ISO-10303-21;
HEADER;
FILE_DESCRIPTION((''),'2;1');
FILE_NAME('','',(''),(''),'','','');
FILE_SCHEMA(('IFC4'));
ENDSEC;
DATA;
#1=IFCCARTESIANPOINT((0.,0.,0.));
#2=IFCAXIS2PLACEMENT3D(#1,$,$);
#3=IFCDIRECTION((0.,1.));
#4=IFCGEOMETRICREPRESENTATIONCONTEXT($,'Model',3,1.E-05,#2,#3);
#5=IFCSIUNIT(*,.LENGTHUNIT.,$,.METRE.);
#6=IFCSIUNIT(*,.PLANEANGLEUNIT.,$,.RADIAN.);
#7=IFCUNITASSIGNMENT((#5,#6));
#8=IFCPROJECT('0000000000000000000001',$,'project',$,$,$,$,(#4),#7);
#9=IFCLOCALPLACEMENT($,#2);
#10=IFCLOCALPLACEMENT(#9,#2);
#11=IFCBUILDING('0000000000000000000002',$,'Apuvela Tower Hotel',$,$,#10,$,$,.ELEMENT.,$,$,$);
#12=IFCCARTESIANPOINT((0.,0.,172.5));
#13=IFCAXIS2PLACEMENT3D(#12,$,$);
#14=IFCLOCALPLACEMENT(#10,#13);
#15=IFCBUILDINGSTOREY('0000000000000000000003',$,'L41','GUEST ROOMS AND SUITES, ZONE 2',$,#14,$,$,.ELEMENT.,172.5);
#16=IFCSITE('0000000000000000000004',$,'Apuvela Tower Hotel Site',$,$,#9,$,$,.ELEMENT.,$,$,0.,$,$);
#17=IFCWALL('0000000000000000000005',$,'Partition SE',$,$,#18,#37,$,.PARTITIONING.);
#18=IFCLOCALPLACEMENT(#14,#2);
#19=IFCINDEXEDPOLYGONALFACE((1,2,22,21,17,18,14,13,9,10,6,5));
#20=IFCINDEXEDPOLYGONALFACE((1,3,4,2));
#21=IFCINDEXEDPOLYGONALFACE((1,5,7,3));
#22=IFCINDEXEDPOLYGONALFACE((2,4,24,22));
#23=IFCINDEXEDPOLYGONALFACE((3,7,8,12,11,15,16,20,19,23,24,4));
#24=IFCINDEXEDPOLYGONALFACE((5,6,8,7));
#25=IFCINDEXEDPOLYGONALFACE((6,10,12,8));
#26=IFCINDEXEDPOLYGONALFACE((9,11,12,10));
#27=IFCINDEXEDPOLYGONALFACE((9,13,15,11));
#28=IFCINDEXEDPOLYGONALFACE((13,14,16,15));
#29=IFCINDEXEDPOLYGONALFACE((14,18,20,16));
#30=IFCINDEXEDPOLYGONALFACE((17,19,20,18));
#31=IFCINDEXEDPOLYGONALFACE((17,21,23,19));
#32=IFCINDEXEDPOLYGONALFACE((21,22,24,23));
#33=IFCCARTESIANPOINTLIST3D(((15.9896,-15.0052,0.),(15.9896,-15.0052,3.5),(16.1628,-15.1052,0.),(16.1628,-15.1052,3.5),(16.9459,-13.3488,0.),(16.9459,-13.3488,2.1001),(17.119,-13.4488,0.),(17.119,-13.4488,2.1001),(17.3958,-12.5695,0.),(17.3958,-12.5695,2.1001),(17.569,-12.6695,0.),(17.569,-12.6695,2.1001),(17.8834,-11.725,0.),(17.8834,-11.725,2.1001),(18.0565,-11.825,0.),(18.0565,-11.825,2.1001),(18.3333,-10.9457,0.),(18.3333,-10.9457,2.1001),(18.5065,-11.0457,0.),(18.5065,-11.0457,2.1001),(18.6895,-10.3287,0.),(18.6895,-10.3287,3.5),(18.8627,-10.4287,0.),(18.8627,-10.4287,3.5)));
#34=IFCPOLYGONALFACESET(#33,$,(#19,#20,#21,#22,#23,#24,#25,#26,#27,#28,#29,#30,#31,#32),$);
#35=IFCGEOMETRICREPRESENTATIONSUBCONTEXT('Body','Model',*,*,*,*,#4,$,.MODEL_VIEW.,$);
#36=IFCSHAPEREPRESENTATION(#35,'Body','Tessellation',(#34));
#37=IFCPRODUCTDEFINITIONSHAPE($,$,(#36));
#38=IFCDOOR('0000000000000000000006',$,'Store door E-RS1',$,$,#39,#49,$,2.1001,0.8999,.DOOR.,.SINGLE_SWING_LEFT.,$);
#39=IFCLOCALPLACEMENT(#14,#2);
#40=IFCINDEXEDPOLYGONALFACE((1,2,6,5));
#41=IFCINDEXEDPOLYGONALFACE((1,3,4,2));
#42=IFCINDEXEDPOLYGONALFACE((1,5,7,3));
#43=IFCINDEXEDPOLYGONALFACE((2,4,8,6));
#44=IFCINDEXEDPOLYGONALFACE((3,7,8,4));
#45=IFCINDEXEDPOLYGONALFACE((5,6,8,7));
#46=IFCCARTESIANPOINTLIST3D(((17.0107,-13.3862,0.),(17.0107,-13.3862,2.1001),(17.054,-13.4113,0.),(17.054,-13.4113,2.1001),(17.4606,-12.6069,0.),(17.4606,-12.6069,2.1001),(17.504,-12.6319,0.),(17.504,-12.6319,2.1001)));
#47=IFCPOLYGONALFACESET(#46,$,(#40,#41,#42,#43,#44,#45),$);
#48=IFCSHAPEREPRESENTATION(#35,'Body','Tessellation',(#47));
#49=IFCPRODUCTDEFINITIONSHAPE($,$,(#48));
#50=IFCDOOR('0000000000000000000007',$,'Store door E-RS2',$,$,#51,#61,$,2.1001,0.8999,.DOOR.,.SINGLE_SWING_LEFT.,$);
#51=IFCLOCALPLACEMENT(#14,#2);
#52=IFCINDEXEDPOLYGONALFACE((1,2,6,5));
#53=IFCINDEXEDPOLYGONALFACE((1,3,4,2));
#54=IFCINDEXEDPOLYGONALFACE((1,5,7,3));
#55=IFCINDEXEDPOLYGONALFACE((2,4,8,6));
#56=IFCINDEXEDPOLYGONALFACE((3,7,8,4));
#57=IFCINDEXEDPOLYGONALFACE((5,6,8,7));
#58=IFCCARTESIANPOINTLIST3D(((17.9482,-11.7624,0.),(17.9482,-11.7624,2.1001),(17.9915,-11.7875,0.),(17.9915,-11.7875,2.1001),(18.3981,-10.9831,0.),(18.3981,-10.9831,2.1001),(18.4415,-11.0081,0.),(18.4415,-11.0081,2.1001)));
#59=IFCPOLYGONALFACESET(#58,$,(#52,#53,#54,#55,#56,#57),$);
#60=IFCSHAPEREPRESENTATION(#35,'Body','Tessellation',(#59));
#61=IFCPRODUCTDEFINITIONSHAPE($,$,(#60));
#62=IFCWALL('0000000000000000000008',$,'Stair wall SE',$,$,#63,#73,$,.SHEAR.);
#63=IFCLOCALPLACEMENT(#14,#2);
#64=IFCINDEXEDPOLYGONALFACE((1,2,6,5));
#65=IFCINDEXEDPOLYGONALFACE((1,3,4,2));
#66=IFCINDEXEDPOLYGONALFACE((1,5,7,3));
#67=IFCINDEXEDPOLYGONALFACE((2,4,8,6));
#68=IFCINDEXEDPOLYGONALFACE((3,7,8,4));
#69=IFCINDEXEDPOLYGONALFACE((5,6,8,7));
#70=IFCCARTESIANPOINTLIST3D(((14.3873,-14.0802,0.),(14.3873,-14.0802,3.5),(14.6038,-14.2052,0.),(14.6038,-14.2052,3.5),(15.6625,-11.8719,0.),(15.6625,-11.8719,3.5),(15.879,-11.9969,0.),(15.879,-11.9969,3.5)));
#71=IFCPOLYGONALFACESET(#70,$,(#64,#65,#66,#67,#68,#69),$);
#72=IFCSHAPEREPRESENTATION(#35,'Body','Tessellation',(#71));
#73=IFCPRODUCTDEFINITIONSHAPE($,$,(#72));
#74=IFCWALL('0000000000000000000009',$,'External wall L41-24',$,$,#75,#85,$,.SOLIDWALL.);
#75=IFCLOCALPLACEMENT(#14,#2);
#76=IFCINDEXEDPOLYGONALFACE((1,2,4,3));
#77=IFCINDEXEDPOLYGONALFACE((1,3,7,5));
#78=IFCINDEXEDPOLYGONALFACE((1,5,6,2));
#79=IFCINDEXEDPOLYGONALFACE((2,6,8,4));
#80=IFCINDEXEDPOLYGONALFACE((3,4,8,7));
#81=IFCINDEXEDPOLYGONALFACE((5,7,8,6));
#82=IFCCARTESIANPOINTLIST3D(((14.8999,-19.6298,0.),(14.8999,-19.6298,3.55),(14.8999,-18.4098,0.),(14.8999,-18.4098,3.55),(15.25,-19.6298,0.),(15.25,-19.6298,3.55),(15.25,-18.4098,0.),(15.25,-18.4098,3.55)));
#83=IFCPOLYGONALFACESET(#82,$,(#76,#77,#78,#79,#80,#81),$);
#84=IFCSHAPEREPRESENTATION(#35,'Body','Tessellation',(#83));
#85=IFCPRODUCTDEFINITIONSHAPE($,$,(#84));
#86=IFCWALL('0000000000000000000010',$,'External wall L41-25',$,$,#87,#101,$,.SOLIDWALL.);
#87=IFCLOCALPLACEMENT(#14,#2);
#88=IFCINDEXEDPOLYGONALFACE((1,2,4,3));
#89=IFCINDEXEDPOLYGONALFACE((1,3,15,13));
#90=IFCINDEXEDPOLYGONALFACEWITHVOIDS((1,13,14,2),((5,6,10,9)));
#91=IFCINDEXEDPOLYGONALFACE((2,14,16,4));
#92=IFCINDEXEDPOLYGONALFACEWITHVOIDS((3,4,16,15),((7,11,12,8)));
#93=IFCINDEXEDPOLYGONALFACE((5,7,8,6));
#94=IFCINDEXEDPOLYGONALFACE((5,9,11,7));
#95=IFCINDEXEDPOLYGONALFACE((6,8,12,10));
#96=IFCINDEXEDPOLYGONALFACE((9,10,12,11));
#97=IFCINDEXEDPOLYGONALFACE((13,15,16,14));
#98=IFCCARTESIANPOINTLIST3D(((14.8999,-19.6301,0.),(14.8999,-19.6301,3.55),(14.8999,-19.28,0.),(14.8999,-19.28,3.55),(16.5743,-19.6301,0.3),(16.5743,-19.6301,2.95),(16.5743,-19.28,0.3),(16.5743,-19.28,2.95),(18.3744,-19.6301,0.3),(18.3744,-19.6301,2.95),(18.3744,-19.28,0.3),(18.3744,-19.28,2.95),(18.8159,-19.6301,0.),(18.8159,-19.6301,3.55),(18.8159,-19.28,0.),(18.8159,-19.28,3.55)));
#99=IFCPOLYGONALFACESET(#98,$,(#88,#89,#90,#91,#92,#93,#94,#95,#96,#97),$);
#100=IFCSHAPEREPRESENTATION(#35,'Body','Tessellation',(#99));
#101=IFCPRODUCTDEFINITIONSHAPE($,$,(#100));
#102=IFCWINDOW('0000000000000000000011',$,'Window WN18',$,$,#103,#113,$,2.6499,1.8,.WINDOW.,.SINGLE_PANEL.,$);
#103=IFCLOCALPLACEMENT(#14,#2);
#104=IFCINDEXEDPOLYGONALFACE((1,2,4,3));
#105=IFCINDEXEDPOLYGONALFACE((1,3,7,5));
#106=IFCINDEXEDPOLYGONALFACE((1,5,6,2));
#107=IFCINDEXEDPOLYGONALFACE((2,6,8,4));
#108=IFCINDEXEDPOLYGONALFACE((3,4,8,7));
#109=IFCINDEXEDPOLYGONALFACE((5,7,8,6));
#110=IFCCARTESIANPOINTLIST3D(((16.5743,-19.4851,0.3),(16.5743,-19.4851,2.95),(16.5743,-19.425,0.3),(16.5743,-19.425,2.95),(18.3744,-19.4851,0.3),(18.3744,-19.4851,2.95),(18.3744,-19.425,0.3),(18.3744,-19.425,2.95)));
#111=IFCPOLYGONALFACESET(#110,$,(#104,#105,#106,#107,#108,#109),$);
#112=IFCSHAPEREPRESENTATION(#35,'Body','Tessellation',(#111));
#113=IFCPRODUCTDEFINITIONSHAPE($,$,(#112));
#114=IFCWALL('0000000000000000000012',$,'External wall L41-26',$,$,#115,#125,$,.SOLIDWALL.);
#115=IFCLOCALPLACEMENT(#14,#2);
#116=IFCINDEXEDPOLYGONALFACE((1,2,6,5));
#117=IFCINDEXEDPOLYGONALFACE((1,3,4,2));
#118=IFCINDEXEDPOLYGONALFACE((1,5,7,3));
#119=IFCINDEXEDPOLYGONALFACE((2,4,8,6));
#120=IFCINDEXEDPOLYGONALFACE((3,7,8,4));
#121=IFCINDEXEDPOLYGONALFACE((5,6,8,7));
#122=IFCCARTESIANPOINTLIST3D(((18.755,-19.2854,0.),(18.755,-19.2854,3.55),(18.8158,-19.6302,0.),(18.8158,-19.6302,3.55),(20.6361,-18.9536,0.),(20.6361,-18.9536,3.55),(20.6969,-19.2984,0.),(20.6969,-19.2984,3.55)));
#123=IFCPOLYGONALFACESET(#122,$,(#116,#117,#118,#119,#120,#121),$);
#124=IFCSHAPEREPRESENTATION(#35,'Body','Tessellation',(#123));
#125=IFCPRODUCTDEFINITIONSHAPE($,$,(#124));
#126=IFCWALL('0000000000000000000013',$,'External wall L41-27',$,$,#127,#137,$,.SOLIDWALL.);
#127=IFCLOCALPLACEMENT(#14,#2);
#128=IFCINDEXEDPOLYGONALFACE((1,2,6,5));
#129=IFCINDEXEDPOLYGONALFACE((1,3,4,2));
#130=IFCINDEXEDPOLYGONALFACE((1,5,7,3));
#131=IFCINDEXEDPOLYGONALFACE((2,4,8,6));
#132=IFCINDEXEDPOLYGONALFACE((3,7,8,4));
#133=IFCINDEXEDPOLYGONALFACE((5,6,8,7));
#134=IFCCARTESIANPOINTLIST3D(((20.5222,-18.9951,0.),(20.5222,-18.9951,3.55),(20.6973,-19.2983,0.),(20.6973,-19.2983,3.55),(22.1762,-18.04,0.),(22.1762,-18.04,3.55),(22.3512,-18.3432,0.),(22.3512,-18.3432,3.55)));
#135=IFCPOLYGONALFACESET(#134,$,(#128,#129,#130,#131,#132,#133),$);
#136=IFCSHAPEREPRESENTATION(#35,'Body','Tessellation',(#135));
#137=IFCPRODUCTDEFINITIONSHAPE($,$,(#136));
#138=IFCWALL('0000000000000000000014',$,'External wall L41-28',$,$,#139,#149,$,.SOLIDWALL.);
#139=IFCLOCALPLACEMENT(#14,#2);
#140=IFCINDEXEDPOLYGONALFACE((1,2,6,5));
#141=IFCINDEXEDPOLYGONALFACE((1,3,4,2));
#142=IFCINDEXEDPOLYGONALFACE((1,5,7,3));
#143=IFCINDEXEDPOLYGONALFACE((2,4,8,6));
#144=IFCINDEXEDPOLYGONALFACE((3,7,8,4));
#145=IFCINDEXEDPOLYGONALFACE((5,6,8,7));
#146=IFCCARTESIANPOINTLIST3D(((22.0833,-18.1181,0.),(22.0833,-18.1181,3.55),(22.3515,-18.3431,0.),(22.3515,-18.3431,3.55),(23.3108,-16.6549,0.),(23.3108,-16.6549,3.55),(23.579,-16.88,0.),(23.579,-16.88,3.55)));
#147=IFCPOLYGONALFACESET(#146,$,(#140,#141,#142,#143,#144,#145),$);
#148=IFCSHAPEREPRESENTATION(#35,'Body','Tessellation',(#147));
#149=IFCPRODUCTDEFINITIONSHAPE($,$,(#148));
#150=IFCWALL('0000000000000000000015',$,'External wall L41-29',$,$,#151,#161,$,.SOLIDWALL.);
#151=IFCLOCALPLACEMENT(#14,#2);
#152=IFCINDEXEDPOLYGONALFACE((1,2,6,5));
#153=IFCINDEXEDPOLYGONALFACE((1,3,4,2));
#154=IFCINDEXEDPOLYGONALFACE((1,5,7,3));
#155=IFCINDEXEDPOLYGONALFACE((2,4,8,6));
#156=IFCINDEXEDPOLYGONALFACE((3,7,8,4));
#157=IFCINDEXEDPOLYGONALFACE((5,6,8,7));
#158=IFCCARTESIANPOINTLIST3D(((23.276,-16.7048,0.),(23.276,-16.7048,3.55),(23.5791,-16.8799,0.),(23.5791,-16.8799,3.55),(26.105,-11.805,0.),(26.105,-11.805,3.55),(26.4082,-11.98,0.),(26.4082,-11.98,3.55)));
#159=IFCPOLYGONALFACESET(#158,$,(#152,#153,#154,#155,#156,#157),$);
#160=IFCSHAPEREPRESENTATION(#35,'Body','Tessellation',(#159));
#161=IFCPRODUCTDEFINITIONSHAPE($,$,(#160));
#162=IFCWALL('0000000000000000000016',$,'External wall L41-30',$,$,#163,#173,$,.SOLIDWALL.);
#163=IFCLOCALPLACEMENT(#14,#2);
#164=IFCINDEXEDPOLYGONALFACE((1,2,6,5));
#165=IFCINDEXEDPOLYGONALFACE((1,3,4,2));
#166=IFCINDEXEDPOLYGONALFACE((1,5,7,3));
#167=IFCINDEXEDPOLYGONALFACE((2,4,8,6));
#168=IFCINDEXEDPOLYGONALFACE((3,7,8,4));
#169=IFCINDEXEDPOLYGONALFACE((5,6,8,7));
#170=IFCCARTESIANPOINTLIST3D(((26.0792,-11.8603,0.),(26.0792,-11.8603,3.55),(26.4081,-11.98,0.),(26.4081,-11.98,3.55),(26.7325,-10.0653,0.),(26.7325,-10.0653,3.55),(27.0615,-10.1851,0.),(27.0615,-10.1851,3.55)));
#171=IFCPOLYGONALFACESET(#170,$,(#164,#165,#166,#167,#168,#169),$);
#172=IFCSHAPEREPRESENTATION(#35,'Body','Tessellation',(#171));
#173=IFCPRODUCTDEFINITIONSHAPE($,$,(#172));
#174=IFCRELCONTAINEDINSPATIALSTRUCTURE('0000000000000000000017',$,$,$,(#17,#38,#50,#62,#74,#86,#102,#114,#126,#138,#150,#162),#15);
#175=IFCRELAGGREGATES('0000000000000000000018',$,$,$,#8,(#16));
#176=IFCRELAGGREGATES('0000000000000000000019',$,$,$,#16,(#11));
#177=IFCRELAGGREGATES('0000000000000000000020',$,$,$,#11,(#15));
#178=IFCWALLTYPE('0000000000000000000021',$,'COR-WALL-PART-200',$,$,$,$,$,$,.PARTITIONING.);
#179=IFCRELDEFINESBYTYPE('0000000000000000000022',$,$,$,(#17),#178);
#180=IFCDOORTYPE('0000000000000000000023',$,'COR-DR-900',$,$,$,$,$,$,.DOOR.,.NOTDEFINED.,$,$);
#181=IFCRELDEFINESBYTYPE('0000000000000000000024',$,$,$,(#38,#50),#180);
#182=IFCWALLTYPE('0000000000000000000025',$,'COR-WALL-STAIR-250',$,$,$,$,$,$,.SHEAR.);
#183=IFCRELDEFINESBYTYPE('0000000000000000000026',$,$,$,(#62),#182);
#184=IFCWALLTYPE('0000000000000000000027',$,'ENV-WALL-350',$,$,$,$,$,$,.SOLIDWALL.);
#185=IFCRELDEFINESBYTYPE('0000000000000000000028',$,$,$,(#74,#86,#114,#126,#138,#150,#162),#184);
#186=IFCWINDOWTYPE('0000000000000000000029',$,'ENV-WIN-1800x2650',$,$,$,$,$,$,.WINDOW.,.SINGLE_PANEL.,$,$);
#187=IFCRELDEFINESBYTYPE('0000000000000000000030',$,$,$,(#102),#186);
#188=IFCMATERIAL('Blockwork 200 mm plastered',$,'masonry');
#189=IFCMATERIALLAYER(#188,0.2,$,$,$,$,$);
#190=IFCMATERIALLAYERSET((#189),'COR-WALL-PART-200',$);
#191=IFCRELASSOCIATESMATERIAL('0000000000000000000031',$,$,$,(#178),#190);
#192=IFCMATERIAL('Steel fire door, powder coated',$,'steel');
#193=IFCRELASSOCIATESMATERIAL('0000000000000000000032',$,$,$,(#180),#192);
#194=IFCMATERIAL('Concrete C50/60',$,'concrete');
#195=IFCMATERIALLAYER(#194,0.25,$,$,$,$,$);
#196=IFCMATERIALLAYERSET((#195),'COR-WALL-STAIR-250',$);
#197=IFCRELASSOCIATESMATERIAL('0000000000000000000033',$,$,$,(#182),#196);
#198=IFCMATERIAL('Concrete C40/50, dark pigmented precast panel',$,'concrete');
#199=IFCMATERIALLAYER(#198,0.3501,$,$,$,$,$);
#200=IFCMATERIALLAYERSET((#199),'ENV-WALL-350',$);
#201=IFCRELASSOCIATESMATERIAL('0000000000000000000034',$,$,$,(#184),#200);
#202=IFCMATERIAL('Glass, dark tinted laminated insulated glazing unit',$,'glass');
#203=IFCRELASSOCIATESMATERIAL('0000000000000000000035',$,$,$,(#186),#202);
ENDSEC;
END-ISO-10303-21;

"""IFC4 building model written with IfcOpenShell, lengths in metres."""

from ifc_helpers import new_model, si_unit, direction, frame, frame_2d, origin, place, context, subcontext, project, spatial, rectangle, extrude, material, layer, layer_set, type_object, element, fill, save


model = new_model("IFC4")

# Units and contexts
model_context = context("Model", 3, precision=1e-05, world=origin(), true_north=direction((0.0, 1.0)))
body_context = subcontext(model_context, "Body", "Model", "MODEL_VIEW")
ifc_project = project(units=[si_unit("LENGTHUNIT", "METRE"), si_unit("PLANEANGLEUNIT", "RADIAN")], contexts=[model_context])

# Site, building, storey
site_placement = place(None, origin())
site = spatial("IfcSite", under=ifc_project, at=site_placement, Name="Apuvela Tower Hotel Site", CompositionType="ELEMENT", RefElevation=0.0)
building_placement = place(site_placement, origin())
building = spatial("IfcBuilding", under=site, at=building_placement, Name="Apuvela Tower Hotel", CompositionType="ELEMENT")
storey_placement = place(building_placement, frame((0.0, 0.0, 172.5)))
storey = spatial("IfcBuildingStorey", under=building, at=storey_placement, Name="L41", Description="GUEST ROOMS AND SUITES, ZONE 2", CompositionType="ELEMENT", Elevation=172.5)

# Wall, openings, doors
ifc_material_1 = material(Name="Blockwork 200 mm plastered", Category="masonry")
ifc_layer_1 = layer(ifc_material_1, 0.2)
ifc_layer_set_1 = layer_set([ifc_layer_1], Name="COR-WALL-PART-200")
wall_type_1 = type_object("IfcWallType", Name="COR-WALL-PART-200", PredefinedType="PARTITIONING", material=ifc_layer_set_1)
wall_1_placement = place(storey_placement, frame((16.0762, -15.0552, 0.0), z_axis=(0.0, 0.0, 1.0), x_axis=(0.499995, 0.866028, 0.0)))
wall_1 = element("IfcWall", 1, at=wall_1_placement, inside=storey, type_object=wall_type_1, Name="Partition SE", PredefinedType="PARTITIONING", context=body_context, shape_type="SweptSolid", body=[
    extrude(rectangle(XDim=5.3999, YDim=0.2, at=frame_2d((2.7, 0.0))), origin(), (0.0, 0.0, 1.0), 3.5),
])
opening_1_placement = place(wall_1_placement, frame((1.9126, 0.0, 0.0)))
opening_1 = element("IfcOpeningElement", 2, at=opening_1_placement, cuts=wall_1, PredefinedType="OPENING", context=body_context, shape_type="SweptSolid", body=[
    extrude(rectangle(XDim=0.8999, YDim=2.1001, at=frame_2d((0.45, 1.05))), frame((0.0, 0.1099, 0.0), z_axis=(0.0, -1.0, 0.0), x_axis=(1.0, 0.0, 0.0)), (0.0, 0.0, 1.0), 0.22),
])
opening_2_placement = place(wall_1_placement, frame((3.7876, 0.0, 0.0)))
opening_2 = element("IfcOpeningElement", 3, at=opening_2_placement, cuts=wall_1, PredefinedType="OPENING", context=body_context, shape_type="SweptSolid", body=[
    extrude(rectangle(XDim=0.8999, YDim=2.1001, at=frame_2d((0.45, 1.05))), frame((0.0, 0.1099, 0.0), z_axis=(0.0, -1.0, 0.0), x_axis=(1.0, 0.0, 0.0)), (0.0, 0.0, 1.0), 0.22),
])
ifc_material_2 = material(Name="Steel fire door, powder coated", Category="steel")
door_type_1 = type_object("IfcDoorType", Name="COR-DR-900", OperationType="NOTDEFINED", PredefinedType="DOOR", material=ifc_material_2)
door_1_placement = place(opening_1_placement, frame((0.8999, 0.0, 0.0), z_axis=(0.0, 0.0, 1.0), x_axis=(-1.0, 0.0, 0.0)))
door_1 = element("IfcDoor", 4, at=door_1_placement, inside=storey, type_object=door_type_1, Name="Store door E-RS1", OperationType="SINGLE_SWING_LEFT", OverallHeight=2.1001, OverallWidth=0.8999, PredefinedType="DOOR", context=body_context, shape_type="SweptSolid", body=[
    extrude(rectangle(XDim=0.8999, YDim=2.1001, at=frame_2d((0.45, 1.05))), frame((0.0, 0.0249, 0.0), z_axis=(0.0, -1.0, 0.0), x_axis=(1.0, 0.0, 0.0)), (0.0, 0.0, 1.0), 0.05),
])
fill(opening_1, door_1)
door_2_placement = place(opening_2_placement, frame((0.8999, 0.0, 0.0), z_axis=(0.0, 0.0, 1.0), x_axis=(-1.0, 0.0, 0.0)))
door_2 = element("IfcDoor", 5, at=door_2_placement, inside=storey, type_object=door_type_1, Name="Store door E-RS2", OperationType="SINGLE_SWING_LEFT", OverallHeight=2.1001, OverallWidth=0.8999, PredefinedType="DOOR", context=body_context, shape_type="SweptSolid", body=[
    extrude(rectangle(XDim=0.8999, YDim=2.1001, at=frame_2d((0.45, 1.05))), frame((0.0, 0.0249, 0.0), z_axis=(0.0, -1.0, 0.0), x_axis=(1.0, 0.0, 0.0)), (0.0, 0.0, 1.0), 0.05),
])
fill(opening_2, door_2)

# Walls
ifc_material_3 = material(Name="Concrete C50/60", Category="concrete")
ifc_layer_2 = layer(ifc_material_3, 0.25)
ifc_layer_set_2 = layer_set([ifc_layer_2], Name="COR-WALL-STAIR-250")
wall_type_2 = type_object("IfcWallType", Name="COR-WALL-STAIR-250", PredefinedType="SHEAR", material=ifc_layer_set_2)
wall_2_placement = place(storey_placement, frame((14.4956, -14.1426, 0.0), z_axis=(0.0, 0.0, 1.0), x_axis=(0.500062, 0.865989, 0.0)))
element("IfcWall", 6, at=wall_2_placement, inside=storey, type_object=wall_type_2, Name="Stair wall SE", PredefinedType="SHEAR", context=body_context, shape_type="SweptSolid", body=[
    extrude(rectangle(XDim=2.55, YDim=0.25, at=frame_2d((1.2749, 0.0))), origin(), (0.0, 0.0, 1.0), 3.5),
])
ifc_material_4 = material(Name="Concrete C40/50, dark pigmented precast panel", Category="concrete")
ifc_layer_3 = layer(ifc_material_4, 0.3501)
ifc_layer_set_3 = layer_set([ifc_layer_3], Name="ENV-WALL-350")
wall_type_3 = type_object("IfcWallType", Name="ENV-WALL-350", PredefinedType="SOLIDWALL", material=ifc_layer_set_3)
wall_3_placement = place(storey_placement, frame((15.075, -18.4099, 0.0), z_axis=(0.0, 0.0, 1.0), x_axis=(0.0, -1.0, 0.0)))
element("IfcWall", 7, at=wall_3_placement, inside=storey, type_object=wall_type_3, Name="External wall L41-24", PredefinedType="SOLIDWALL", context=body_context, shape_type="SweptSolid", body=[
    extrude(rectangle(XDim=1.22, YDim=0.3501, at=frame_2d((0.6099, 0.0))), origin(), (0.0, 0.0, 1.0), 3.55),
])

# Wall, opening, window
wall_4_placement = place(storey_placement, frame((14.8999, -19.4551, 0.0), z_axis=(0.0, 0.0, 1.0), x_axis=(1.0, 0.0, 0.0)))
wall_4 = element("IfcWall", 8, at=wall_4_placement, inside=storey, type_object=wall_type_3, Name="External wall L41-25", PredefinedType="SOLIDWALL", context=body_context, shape_type="SweptSolid", body=[
    extrude(rectangle(XDim=3.916, YDim=0.3501, at=frame_2d((1.958, 0.0))), origin(), (0.0, 0.0, 1.0), 3.55),
])
opening_3_placement = place(wall_4_placement, frame((1.6746, 0.0, 0.3)))
opening_3 = element("IfcOpeningElement", 9, at=opening_3_placement, cuts=wall_4, PredefinedType="OPENING", context=body_context, shape_type="SweptSolid", body=[
    extrude(rectangle(XDim=1.8, YDim=2.6499, at=frame_2d((0.8999, 1.325))), frame((0.0, 0.1851, 0.0), z_axis=(0.0, -1.0, 0.0), x_axis=(1.0, 0.0, 0.0)), (0.0, 0.0, 1.0), 0.3701),
])
ifc_material_5 = material(Name="Glass, dark tinted laminated insulated glazing unit", Category="glass")
window_type = type_object("IfcWindowType", Name="ENV-WIN-1800x2650", PartitioningType="SINGLE_PANEL", PredefinedType="WINDOW", material=ifc_material_5)
window_placement = place(opening_3_placement, origin())
window = element("IfcWindow", 10, at=window_placement, inside=storey, type_object=window_type, Name="Window WN18", OverallHeight=2.6499, OverallWidth=1.8, PartitioningType="SINGLE_PANEL", PredefinedType="WINDOW", context=body_context, shape_type="SweptSolid", body=[
    extrude(rectangle(XDim=1.8, YDim=2.6499, at=frame_2d((0.8999, 1.325))), frame((0.0, 0.03, 0.0), z_axis=(0.0, -1.0, 0.0), x_axis=(1.0, 0.0, 0.0)), (0.0, 0.0, 1.0), 0.0601),
])
fill(opening_3, window)

# Walls
wall_5_placement = place(storey_placement, frame((18.7854, -19.4578, 0.0), z_axis=(0.0, 0.0, 1.0), x_axis=(0.984799, 0.173698, 0.0)))
element("IfcWall", 11, at=wall_5_placement, inside=storey, type_object=wall_type_3, Name="External wall L41-26", PredefinedType="SOLIDWALL", context=body_context, shape_type="SweptSolid", body=[
    extrude(rectangle(XDim=1.9102, YDim=0.3501, at=frame_2d((0.9551, 0.0))), origin(), (0.0, 0.0, 1.0), 3.55),
])
for number, where, z_axis, x_axis, name in (
    (12, (20.6096, -19.1467, 0.0), (0.0, 0.0, 1.0), (0.866, 0.500043, 0.0), "External wall L41-27"),
    (13, (22.2173, -18.2307, 0.0), (0.0, 0.0, 1.0), (0.642733, 0.76609, 0.0), "External wall L41-28"),
):
    element("IfcWall", number, at=place(storey_placement, frame(where, z_axis=z_axis, x_axis=x_axis)), inside=storey, type_object=wall_type_3, Name=name, PredefinedType="SOLIDWALL", context=body_context, shape_type="SweptSolid", body=[
        extrude(rectangle(XDim=1.9099, YDim=0.3501, at=frame_2d((0.9551, 0.0))), origin(), (0.0, 0.0, 1.0), 3.55),
    ])
wall_6_placement = place(storey_placement, frame((23.4275, -16.7925, 0.0), z_axis=(0.0, 0.0, 1.0), x_axis=(0.500019, 0.866015, 0.0)))
element("IfcWall", 14, at=wall_6_placement, inside=storey, type_object=wall_type_3, Name="External wall L41-29", PredefinedType="SOLIDWALL", context=body_context, shape_type="SweptSolid", body=[
    extrude(rectangle(XDim=5.658, YDim=0.3501, at=frame_2d((2.8291, 0.0))), origin(), (0.0, 0.0, 1.0), 3.55),
])
wall_7_placement = place(storey_placement, frame((26.2437, -11.9202, 0.0), z_axis=(0.0, 0.0, 1.0), x_axis=(0.34203, 0.939689, 0.0)))
element("IfcWall", 15, at=wall_7_placement, inside=storey, type_object=wall_type_3, Name="External wall L41-30", PredefinedType="SOLIDWALL", context=body_context, shape_type="SweptSolid", body=[
    extrude(rectangle(XDim=1.9102, YDim=0.3501, at=frame_2d((0.9551, 0.0))), origin(), (0.0, 0.0, 1.0), 3.55),
])

save(model, "model.ifc")
